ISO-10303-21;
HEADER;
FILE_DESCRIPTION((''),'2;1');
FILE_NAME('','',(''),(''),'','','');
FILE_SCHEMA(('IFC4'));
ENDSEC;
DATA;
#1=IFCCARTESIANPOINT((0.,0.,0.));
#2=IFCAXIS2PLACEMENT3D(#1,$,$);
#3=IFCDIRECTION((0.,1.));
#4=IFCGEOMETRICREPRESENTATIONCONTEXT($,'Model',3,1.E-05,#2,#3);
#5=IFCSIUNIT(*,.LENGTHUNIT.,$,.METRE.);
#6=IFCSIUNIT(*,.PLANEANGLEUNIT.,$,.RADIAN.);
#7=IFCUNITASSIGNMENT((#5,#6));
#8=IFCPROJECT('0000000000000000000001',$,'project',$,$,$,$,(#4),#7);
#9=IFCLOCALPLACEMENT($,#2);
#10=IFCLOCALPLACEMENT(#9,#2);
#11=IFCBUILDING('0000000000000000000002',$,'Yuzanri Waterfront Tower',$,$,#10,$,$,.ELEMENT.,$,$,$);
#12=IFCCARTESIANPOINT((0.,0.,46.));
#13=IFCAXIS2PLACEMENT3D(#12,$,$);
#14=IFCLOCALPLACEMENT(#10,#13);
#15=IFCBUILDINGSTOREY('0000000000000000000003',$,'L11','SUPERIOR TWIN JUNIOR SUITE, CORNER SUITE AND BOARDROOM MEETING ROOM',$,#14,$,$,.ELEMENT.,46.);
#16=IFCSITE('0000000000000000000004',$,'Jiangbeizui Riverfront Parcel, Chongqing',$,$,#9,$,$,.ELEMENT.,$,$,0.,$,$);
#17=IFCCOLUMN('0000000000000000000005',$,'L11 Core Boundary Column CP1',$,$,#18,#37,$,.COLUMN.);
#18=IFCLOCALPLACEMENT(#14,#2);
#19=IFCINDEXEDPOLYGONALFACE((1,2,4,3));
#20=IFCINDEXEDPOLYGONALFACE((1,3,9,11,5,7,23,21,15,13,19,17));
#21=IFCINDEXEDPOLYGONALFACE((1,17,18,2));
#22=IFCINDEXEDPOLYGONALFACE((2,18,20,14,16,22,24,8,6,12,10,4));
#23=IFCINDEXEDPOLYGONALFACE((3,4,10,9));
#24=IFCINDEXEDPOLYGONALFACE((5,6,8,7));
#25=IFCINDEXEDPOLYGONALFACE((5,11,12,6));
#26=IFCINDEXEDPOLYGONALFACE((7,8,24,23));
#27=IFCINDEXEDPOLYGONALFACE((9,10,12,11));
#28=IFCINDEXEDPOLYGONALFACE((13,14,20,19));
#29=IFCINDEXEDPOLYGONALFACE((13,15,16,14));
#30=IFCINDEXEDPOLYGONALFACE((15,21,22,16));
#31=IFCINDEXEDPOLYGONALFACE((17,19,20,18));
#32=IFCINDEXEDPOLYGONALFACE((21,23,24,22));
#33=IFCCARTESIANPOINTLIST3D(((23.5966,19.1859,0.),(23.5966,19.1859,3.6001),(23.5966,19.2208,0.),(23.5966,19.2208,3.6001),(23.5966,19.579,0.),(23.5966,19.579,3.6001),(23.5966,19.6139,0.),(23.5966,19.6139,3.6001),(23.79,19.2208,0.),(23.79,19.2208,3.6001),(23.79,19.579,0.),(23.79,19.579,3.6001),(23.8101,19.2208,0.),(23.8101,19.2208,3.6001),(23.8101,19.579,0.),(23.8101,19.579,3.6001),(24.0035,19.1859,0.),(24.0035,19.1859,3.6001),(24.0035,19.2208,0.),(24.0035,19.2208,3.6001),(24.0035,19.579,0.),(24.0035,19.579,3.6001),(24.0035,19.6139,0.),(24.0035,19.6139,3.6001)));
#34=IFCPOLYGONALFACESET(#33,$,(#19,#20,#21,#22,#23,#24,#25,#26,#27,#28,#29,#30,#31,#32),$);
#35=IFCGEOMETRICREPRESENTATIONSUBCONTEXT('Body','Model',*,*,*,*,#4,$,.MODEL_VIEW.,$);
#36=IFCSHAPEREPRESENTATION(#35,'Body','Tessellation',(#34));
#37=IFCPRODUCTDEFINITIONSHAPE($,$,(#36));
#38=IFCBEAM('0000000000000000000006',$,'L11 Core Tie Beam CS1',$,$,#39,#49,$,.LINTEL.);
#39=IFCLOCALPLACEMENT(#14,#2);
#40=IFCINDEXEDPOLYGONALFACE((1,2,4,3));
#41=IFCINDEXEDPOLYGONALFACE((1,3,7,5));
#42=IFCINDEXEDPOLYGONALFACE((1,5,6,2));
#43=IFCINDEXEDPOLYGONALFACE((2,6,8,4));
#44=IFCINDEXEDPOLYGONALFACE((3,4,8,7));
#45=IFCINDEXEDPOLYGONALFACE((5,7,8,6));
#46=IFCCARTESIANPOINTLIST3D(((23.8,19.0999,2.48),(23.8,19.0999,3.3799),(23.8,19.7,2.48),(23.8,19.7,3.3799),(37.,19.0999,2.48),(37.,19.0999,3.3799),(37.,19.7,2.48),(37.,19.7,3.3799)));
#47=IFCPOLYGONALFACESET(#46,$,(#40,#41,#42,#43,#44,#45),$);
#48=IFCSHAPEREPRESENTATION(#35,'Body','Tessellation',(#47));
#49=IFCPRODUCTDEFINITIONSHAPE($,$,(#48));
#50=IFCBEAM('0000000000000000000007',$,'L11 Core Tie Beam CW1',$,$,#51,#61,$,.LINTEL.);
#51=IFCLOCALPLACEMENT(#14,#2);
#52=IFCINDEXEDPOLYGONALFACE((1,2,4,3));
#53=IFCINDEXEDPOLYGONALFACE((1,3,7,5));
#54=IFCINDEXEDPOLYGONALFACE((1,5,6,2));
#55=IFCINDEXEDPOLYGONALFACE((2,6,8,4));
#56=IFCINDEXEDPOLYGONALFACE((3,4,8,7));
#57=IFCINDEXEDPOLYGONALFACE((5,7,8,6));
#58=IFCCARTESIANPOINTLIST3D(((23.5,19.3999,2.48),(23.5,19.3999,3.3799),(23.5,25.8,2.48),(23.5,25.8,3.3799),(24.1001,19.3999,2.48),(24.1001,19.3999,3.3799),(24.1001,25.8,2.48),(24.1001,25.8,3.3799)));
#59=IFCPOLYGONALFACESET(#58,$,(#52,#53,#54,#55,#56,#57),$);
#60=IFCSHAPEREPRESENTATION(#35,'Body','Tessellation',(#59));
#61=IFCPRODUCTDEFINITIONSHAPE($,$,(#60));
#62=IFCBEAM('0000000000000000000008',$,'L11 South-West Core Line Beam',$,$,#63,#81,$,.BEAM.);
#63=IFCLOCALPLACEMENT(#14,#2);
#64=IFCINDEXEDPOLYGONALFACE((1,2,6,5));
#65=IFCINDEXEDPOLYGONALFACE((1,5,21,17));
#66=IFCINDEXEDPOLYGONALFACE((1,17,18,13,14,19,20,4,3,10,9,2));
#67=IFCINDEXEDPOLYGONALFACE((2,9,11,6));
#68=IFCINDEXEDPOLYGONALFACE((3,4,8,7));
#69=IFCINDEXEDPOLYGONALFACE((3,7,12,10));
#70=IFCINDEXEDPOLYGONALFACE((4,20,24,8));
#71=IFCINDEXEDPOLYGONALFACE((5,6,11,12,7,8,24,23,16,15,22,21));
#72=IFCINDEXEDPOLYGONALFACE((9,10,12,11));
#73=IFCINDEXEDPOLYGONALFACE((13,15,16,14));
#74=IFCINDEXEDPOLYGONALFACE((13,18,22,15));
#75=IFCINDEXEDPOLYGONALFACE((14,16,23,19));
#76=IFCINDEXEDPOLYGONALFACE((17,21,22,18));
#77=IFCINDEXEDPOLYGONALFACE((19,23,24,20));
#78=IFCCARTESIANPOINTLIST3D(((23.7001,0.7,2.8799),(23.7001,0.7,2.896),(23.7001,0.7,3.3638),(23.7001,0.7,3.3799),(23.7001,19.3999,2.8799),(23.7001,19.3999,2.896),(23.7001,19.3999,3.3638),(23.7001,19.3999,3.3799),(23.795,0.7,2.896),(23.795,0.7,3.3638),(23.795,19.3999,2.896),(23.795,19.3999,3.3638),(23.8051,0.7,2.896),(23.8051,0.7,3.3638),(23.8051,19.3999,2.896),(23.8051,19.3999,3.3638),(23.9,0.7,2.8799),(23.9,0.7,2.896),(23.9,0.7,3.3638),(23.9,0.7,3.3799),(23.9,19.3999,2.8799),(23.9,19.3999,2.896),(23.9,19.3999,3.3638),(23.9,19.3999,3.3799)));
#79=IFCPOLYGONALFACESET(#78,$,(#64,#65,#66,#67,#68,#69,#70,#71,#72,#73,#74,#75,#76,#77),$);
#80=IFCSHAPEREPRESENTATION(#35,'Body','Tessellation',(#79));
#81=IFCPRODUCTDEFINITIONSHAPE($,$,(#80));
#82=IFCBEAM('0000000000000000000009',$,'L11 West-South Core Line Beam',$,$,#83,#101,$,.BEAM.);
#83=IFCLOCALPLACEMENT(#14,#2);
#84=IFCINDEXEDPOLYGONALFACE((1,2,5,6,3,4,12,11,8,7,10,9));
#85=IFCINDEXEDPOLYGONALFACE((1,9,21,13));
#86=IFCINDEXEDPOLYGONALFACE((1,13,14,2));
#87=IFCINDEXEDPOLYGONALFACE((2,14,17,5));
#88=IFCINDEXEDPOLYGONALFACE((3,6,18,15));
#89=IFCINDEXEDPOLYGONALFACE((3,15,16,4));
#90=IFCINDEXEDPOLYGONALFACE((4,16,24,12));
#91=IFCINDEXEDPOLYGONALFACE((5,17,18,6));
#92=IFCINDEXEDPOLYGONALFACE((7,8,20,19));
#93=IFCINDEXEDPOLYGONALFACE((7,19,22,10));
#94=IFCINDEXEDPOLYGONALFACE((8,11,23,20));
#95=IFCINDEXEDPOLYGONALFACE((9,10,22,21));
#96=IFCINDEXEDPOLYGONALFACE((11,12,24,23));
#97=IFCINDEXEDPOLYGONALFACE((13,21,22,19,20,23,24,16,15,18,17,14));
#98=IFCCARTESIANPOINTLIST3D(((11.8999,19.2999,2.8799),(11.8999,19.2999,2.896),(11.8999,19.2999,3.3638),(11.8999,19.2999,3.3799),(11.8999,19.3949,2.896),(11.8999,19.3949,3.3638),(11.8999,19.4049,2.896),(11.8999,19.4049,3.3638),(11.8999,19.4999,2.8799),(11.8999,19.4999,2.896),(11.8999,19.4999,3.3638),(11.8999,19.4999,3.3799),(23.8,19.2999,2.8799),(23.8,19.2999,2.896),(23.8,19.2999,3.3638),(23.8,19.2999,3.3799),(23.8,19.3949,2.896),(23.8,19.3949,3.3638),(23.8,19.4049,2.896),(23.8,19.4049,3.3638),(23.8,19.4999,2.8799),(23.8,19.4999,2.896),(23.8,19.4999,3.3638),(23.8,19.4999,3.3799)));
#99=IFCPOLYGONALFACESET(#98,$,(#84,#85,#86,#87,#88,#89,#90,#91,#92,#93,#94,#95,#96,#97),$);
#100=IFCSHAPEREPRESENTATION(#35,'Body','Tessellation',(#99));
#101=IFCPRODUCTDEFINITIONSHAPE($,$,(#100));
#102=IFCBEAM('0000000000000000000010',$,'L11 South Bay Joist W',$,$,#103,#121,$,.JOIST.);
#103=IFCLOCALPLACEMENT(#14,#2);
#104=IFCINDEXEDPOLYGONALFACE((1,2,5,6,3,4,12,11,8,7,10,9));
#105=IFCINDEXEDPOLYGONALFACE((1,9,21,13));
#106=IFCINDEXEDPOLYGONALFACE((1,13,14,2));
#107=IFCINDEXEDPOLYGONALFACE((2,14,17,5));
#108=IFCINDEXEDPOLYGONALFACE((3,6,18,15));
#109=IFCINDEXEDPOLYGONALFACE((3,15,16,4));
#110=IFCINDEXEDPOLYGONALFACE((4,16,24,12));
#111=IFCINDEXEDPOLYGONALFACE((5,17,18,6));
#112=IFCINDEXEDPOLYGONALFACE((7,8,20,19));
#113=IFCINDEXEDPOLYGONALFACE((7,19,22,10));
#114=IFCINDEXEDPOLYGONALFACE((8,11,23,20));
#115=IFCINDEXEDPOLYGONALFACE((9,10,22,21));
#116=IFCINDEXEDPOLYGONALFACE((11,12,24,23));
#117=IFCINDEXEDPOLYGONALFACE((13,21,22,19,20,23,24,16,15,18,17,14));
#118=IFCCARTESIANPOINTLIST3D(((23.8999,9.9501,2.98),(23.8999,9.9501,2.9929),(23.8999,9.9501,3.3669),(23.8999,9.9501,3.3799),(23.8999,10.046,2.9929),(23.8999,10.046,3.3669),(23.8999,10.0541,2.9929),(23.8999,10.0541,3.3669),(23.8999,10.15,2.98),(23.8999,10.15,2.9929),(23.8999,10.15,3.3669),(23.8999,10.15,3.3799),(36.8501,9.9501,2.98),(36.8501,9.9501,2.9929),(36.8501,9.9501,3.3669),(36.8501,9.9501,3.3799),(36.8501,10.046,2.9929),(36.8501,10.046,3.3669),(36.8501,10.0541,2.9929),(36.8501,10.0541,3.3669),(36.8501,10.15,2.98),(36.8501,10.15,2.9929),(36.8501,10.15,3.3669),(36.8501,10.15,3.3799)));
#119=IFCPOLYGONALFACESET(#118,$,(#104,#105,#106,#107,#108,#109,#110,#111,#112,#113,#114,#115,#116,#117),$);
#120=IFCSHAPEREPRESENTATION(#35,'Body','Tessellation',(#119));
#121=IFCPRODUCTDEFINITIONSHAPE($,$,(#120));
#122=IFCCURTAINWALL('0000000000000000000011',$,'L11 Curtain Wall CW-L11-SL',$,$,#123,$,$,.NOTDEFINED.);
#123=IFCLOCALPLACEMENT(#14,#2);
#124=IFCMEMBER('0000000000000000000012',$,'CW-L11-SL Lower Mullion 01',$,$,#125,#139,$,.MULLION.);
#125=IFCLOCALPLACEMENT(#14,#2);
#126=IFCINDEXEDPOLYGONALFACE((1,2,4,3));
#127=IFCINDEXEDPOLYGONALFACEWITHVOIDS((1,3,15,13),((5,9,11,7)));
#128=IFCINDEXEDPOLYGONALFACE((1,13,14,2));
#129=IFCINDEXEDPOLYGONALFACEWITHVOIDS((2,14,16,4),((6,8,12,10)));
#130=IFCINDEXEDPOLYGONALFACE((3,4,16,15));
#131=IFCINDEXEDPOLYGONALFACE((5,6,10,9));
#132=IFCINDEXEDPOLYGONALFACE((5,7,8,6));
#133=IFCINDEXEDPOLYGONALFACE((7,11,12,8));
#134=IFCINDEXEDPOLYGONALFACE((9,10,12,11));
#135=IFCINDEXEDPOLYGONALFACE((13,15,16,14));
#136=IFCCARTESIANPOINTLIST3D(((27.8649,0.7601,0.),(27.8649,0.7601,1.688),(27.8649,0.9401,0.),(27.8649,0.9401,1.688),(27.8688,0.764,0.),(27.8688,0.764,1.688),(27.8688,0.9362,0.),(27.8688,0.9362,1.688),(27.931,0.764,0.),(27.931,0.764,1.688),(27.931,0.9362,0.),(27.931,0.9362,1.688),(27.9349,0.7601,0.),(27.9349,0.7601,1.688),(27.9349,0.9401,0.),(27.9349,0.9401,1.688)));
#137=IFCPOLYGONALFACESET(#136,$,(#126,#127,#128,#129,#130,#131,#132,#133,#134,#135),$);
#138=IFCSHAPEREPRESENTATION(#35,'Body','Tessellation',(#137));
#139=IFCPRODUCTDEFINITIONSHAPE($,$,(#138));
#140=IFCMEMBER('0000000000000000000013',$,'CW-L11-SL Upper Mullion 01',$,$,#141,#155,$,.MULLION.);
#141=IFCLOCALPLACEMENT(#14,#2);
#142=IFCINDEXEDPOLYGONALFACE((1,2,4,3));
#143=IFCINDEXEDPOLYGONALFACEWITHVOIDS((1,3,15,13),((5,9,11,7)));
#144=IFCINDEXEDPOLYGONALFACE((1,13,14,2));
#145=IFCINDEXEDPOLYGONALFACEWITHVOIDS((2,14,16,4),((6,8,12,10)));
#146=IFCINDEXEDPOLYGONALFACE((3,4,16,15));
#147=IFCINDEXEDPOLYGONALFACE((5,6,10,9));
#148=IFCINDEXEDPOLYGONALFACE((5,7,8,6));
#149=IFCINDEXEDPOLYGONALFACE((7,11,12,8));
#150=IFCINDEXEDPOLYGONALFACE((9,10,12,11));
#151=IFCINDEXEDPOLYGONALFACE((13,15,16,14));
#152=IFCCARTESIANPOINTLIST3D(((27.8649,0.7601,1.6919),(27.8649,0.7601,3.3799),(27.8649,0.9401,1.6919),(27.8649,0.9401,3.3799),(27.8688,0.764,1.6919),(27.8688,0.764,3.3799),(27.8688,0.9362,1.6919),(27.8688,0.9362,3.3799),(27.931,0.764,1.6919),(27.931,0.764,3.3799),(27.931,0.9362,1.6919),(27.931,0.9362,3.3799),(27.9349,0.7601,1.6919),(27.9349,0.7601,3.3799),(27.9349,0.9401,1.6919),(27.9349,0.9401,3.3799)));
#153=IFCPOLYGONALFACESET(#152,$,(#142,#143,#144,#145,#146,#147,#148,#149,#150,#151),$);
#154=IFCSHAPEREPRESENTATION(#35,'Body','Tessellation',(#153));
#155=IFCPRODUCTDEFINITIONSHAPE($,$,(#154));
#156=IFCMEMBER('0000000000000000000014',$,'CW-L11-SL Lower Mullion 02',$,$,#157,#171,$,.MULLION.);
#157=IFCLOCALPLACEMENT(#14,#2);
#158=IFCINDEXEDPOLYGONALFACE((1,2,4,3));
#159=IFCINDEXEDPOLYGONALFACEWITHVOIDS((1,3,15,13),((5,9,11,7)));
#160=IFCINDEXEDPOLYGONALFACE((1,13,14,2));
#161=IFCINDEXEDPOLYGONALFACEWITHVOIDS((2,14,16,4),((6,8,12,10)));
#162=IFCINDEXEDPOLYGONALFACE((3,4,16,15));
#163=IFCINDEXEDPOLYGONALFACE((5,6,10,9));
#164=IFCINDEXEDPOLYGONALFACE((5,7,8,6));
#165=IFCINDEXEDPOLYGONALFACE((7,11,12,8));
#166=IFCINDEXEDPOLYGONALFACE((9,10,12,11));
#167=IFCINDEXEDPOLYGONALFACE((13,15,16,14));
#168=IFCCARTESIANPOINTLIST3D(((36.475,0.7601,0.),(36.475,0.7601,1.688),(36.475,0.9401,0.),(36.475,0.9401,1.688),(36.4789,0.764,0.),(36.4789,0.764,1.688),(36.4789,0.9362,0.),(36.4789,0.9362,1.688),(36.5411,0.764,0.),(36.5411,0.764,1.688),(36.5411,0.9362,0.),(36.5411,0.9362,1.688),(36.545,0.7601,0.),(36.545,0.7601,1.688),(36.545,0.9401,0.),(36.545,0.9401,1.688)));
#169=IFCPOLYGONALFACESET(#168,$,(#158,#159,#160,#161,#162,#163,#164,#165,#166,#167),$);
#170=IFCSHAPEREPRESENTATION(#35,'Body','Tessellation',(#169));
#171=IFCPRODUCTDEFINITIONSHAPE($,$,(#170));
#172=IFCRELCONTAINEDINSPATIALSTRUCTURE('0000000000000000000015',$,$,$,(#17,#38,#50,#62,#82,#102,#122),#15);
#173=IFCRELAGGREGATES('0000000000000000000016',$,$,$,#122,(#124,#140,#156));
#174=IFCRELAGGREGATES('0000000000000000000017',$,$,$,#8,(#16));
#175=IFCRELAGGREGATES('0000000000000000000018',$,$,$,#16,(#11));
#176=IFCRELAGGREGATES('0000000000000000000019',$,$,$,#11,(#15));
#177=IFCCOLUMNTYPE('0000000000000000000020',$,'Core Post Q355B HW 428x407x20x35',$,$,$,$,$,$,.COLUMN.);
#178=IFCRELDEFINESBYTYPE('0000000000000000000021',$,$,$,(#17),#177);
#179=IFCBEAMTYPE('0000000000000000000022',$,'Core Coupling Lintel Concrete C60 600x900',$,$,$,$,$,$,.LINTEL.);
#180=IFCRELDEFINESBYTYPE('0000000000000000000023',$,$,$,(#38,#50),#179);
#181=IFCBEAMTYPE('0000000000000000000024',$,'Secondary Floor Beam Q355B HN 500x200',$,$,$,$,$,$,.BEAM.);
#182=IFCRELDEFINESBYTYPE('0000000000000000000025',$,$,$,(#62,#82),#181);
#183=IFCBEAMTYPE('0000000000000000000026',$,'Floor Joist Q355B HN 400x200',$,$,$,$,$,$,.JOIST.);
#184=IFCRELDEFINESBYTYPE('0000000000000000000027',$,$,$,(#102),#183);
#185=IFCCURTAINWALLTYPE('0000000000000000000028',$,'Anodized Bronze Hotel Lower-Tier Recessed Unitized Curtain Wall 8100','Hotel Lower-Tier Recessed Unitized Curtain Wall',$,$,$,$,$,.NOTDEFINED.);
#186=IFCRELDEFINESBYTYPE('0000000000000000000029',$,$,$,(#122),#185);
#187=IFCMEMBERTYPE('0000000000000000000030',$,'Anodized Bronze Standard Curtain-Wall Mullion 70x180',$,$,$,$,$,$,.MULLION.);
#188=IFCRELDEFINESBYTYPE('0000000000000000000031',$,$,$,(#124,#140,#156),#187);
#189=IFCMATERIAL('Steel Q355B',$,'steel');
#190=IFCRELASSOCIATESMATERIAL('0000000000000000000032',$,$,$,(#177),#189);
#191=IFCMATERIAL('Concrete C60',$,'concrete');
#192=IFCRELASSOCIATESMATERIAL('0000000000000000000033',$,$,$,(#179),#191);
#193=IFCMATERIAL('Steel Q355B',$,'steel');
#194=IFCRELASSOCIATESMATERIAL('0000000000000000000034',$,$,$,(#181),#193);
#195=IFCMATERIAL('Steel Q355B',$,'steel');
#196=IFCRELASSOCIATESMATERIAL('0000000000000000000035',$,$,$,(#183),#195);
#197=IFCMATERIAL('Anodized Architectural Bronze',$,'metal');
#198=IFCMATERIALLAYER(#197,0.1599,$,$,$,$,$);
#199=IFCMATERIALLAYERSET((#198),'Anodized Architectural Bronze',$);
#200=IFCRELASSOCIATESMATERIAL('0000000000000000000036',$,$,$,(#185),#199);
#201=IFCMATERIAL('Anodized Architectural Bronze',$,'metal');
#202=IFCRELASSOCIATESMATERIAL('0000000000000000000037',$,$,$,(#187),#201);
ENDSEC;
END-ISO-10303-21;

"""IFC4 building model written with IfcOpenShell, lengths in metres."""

from ifc_helpers import new_model, si_unit, direction, frame, origin, origin_2d, place, context, subcontext, project, spatial, rectangle, hollow_rectangle, i_section, extrude, source, transform, mapped, material, layer, layer_set, material_profile, profile_set, type_object, element, aggregate, save


model = new_model("IFC4")

# Units and contexts
model_context = context("Model", 3, precision=1e-05, world=origin(), true_north=direction((0.0, 1.0)))
body_context = subcontext(model_context, "Body", "Model", "MODEL_VIEW")
ifc_project = project(units=[si_unit("LENGTHUNIT", "METRE"), si_unit("PLANEANGLEUNIT", "RADIAN")], contexts=[model_context])

# Site, building, storey
site_placement = place(None, origin())
site = spatial("IfcSite", under=ifc_project, at=site_placement, Name="Jiangbeizui Riverfront Parcel, Chongqing", CompositionType="ELEMENT", RefElevation=0.0)
building_placement = place(site_placement, origin())
building = spatial("IfcBuilding", under=site, at=building_placement, Name="Yuzanri Waterfront Tower", CompositionType="ELEMENT")
storey_placement = place(building_placement, frame((0.0, 0.0, 46.0)))
storey = spatial("IfcBuildingStorey", under=building, at=storey_placement, Name="L11", Description="SUPERIOR TWIN JUNIOR SUITE, CORNER SUITE AND BOARDROOM MEETING ROOM", CompositionType="ELEMENT", Elevation=46.0)

# Column
ifc_material_1 = material(Name="Steel Q355B", Category="steel")
ifc_material_profile_1 = material_profile(ifc_material_1, i_section(OverallWidth=0.407, OverallDepth=0.428, WebThickness=0.02, FlangeThickness=0.0349, at=origin_2d()), Name="HW 428x407x20x35")
ifc_profile_set_1 = profile_set([ifc_material_profile_1], Name="Steel Q355B")
column_type = type_object("IfcColumnType", Name="Core Post Q355B HW 428x407x20x35", PredefinedType="COLUMN", material=ifc_profile_set_1)
shared_shape_1 = source(origin(), body_context, "Body", "SweptSolid", [
    extrude(i_section(OverallWidth=0.407, OverallDepth=0.428, WebThickness=0.02, FlangeThickness=0.0349, at=origin_2d()), origin(), (0.0, 0.0, 1.0), 3.6001),
])
column_placement = place(storey_placement, frame((23.8, 19.3999, 0.0), z_axis=(0.0, 0.0, 1.0), x_axis=(1.0, 0.0, 0.0)))
element("IfcColumn", 1, at=column_placement, inside=storey, type_object=column_type, Name="L11 Core Boundary Column CP1", PredefinedType="COLUMN", context=body_context, shape_type="MappedRepresentation", body=[
    mapped(shared_shape_1, transform((0.0, 0.0, 0.0), scale=1.0)),
])

# Beams
ifc_material_2 = material(Name="Concrete C60", Category="concrete")
ifc_material_profile_2 = material_profile(ifc_material_2, rectangle(XDim=0.6001, YDim=0.8999, at=origin_2d()), Name="RC 600x900")
ifc_profile_set_2 = profile_set([ifc_material_profile_2], Name="Concrete C60")
beam_type_1 = type_object("IfcBeamType", Name="Core Coupling Lintel Concrete C60 600x900", PredefinedType="LINTEL", material=ifc_profile_set_2)
shared_shape_2 = source(origin(), body_context, "Body", "SweptSolid", [
    extrude(rectangle(XDim=0.6001, YDim=0.8999, at=origin_2d()), origin(), (0.0, 0.0, 1.0), 13.2),
])
beam_1_placement = place(storey_placement, frame((23.8, 19.3999, 2.9299), z_axis=(1.0, 0.0, 0.0), x_axis=(0.0, 1.0, 0.0)))
element("IfcBeam", 2, at=beam_1_placement, inside=storey, type_object=beam_type_1, Name="L11 Core Tie Beam CS1", PredefinedType="LINTEL", context=body_context, shape_type="MappedRepresentation", body=[
    mapped(shared_shape_2, transform((0.0, 0.0, 0.0), scale=1.0)),
])
shared_shape_3 = source(origin(), body_context, "Body", "SweptSolid", [
    extrude(rectangle(XDim=0.6001, YDim=0.8999, at=origin_2d()), origin(), (0.0, 0.0, 1.0), 6.4001),
])
beam_2_placement = place(storey_placement, frame((23.8, 19.3999, 2.9299), z_axis=(0.0, 1.0, 0.0), x_axis=(-1.0, 0.0, 0.0)))
element("IfcBeam", 3, at=beam_2_placement, inside=storey, type_object=beam_type_1, Name="L11 Core Tie Beam CW1", PredefinedType="LINTEL", context=body_context, shape_type="MappedRepresentation", body=[
    mapped(shared_shape_3, transform((0.0, 0.0, 0.0), scale=1.0)),
])
ifc_material_3 = material(Name="Steel Q355B", Category="steel")
ifc_material_profile_3 = material_profile(ifc_material_3, i_section(OverallWidth=0.2, OverallDepth=0.5, WebThickness=0.01, FlangeThickness=0.0161, at=origin_2d()), Name="HN 500x200x10x16")
ifc_profile_set_3 = profile_set([ifc_material_profile_3], Name="Steel Q355B")
beam_type_2 = type_object("IfcBeamType", Name="Secondary Floor Beam Q355B HN 500x200", PredefinedType="BEAM", material=ifc_profile_set_3)
shared_shape_4 = source(origin(), body_context, "Body", "SweptSolid", [
    extrude(i_section(OverallWidth=0.2, OverallDepth=0.5, WebThickness=0.01, FlangeThickness=0.0161, at=origin_2d()), origin(), (0.0, 0.0, 1.0), 18.7),
])
beam_3_placement = place(storey_placement, frame((23.8, 19.3999, 3.1299), z_axis=(0.0, -1.0, 0.0), x_axis=(1.0, 0.0, 0.0)))
element("IfcBeam", 4, at=beam_3_placement, inside=storey, type_object=beam_type_2, Name="L11 South-West Core Line Beam", PredefinedType="BEAM", context=body_context, shape_type="MappedRepresentation", body=[
    mapped(shared_shape_4, transform((0.0, 0.0, 0.0), scale=1.0)),
])
shared_shape_5 = source(origin(), body_context, "Body", "SweptSolid", [
    extrude(i_section(OverallWidth=0.2, OverallDepth=0.5, WebThickness=0.01, FlangeThickness=0.0161, at=origin_2d()), origin(), (0.0, 0.0, 1.0), 11.9001),
])
beam_4_placement = place(storey_placement, frame((23.8, 19.3999, 3.1299), z_axis=(-1.0, 0.0, 0.0), x_axis=(0.0, -1.0, 0.0)))
element("IfcBeam", 5, at=beam_4_placement, inside=storey, type_object=beam_type_2, Name="L11 West-South Core Line Beam", PredefinedType="BEAM", context=body_context, shape_type="MappedRepresentation", body=[
    mapped(shared_shape_5, transform((0.0, 0.0, 0.0), scale=1.0)),
])
ifc_material_4 = material(Name="Steel Q355B", Category="steel")
ifc_material_profile_4 = material_profile(ifc_material_4, i_section(OverallWidth=0.2, OverallDepth=0.3999, WebThickness=0.0081, FlangeThickness=0.0129, at=origin_2d()), Name="HN 400x200x8x13")
ifc_profile_set_4 = profile_set([ifc_material_profile_4], Name="Steel Q355B")
beam_type_3 = type_object("IfcBeamType", Name="Floor Joist Q355B HN 400x200", PredefinedType="JOIST", material=ifc_profile_set_4)
shared_shape_6 = source(origin(), body_context, "Body", "SweptSolid", [
    extrude(i_section(OverallWidth=0.2, OverallDepth=0.3999, WebThickness=0.0081, FlangeThickness=0.0129, at=origin_2d()), origin(), (0.0, 0.0, 1.0), 12.9502),
])
beam_5_placement = place(storey_placement, frame((23.8999, 10.05, 3.1799), z_axis=(1.0, 0.0, 0.0), x_axis=(0.0, 1.0, 0.0)))
element("IfcBeam", 6, at=beam_5_placement, inside=storey, type_object=beam_type_3, Name="L11 South Bay Joist W", PredefinedType="JOIST", context=body_context, shape_type="MappedRepresentation", body=[
    mapped(shared_shape_6, transform((0.0, 0.0, 0.0), scale=1.0)),
])

# Curtain wall, members
ifc_material_5 = material(Name="Anodized Architectural Bronze", Category="metal")
ifc_layer_1 = layer(ifc_material_5, 0.1599)
ifc_layer_set_1 = layer_set([ifc_layer_1], Name="Anodized Architectural Bronze")
curtain_wall_type = type_object("IfcCurtainWallType", Name="Anodized Bronze Hotel Lower-Tier Recessed Unitized Curtain Wall 8100", Description="Hotel Lower-Tier Recessed Unitized Curtain Wall", PredefinedType="NOTDEFINED", material=ifc_layer_set_1)
curtain_wall_placement = place(storey_placement, origin())
curtain_wall = element("IfcCurtainWall", 7, at=curtain_wall_placement, inside=storey, type_object=curtain_wall_type, Name="L11 Curtain Wall CW-L11-SL", PredefinedType="NOTDEFINED")
ifc_material_6 = material(Name="Anodized Architectural Bronze", Category="metal")
ifc_material_profile_5 = material_profile(ifc_material_6, hollow_rectangle(XDim=0.0701, YDim=0.1799, WallThickness=0.0039, at=origin_2d()), Name="CWM 70x180")
ifc_profile_set_5 = profile_set([ifc_material_profile_5], Name="Anodized Architectural Bronze")
member_type = type_object("IfcMemberType", Name="Anodized Bronze Standard Curtain-Wall Mullion 70x180", PredefinedType="MULLION", material=ifc_profile_set_5)
shared_shape_7 = source(origin(), body_context, "Body", "SweptSolid", [
    extrude(hollow_rectangle(XDim=0.0701, YDim=0.1799, WallThickness=0.0039, at=origin_2d()), origin(), (0.0, 0.0, 1.0), 1.688),
])
member_1_placement = place(storey_placement, frame((27.8999, 0.8501, 0.0), z_axis=(0.0, 0.0, 1.0), x_axis=(1.0, 0.0, 0.0)))
member_1 = element("IfcMember", 8, at=member_1_placement, type_object=member_type, Name="CW-L11-SL Lower Mullion 01", PredefinedType="MULLION", context=body_context, shape_type="MappedRepresentation", body=[
    mapped(shared_shape_7, transform((0.0, 0.0, 0.0), scale=1.0)),
])
member_2_placement = place(storey_placement, frame((27.8999, 0.8501, 1.6919), z_axis=(0.0, 0.0, 1.0), x_axis=(1.0, 0.0, 0.0)))
member_2 = element("IfcMember", 9, at=member_2_placement, type_object=member_type, Name="CW-L11-SL Upper Mullion 01", PredefinedType="MULLION", context=body_context, shape_type="MappedRepresentation", body=[
    mapped(shared_shape_7, transform((0.0, 0.0, 0.0), scale=1.0)),
])
member_3_placement = place(storey_placement, frame((36.51, 0.8501, 0.0), z_axis=(0.0, 0.0, 1.0), x_axis=(1.0, 0.0, 0.0)))
member_3 = element("IfcMember", 10, at=member_3_placement, type_object=member_type, Name="CW-L11-SL Lower Mullion 02", PredefinedType="MULLION", context=body_context, shape_type="MappedRepresentation", body=[
    mapped(shared_shape_7, transform((0.0, 0.0, 0.0), scale=1.0)),
])
aggregate(curtain_wall, [member_1, member_2, member_3])

save(model, "model.ifc")
